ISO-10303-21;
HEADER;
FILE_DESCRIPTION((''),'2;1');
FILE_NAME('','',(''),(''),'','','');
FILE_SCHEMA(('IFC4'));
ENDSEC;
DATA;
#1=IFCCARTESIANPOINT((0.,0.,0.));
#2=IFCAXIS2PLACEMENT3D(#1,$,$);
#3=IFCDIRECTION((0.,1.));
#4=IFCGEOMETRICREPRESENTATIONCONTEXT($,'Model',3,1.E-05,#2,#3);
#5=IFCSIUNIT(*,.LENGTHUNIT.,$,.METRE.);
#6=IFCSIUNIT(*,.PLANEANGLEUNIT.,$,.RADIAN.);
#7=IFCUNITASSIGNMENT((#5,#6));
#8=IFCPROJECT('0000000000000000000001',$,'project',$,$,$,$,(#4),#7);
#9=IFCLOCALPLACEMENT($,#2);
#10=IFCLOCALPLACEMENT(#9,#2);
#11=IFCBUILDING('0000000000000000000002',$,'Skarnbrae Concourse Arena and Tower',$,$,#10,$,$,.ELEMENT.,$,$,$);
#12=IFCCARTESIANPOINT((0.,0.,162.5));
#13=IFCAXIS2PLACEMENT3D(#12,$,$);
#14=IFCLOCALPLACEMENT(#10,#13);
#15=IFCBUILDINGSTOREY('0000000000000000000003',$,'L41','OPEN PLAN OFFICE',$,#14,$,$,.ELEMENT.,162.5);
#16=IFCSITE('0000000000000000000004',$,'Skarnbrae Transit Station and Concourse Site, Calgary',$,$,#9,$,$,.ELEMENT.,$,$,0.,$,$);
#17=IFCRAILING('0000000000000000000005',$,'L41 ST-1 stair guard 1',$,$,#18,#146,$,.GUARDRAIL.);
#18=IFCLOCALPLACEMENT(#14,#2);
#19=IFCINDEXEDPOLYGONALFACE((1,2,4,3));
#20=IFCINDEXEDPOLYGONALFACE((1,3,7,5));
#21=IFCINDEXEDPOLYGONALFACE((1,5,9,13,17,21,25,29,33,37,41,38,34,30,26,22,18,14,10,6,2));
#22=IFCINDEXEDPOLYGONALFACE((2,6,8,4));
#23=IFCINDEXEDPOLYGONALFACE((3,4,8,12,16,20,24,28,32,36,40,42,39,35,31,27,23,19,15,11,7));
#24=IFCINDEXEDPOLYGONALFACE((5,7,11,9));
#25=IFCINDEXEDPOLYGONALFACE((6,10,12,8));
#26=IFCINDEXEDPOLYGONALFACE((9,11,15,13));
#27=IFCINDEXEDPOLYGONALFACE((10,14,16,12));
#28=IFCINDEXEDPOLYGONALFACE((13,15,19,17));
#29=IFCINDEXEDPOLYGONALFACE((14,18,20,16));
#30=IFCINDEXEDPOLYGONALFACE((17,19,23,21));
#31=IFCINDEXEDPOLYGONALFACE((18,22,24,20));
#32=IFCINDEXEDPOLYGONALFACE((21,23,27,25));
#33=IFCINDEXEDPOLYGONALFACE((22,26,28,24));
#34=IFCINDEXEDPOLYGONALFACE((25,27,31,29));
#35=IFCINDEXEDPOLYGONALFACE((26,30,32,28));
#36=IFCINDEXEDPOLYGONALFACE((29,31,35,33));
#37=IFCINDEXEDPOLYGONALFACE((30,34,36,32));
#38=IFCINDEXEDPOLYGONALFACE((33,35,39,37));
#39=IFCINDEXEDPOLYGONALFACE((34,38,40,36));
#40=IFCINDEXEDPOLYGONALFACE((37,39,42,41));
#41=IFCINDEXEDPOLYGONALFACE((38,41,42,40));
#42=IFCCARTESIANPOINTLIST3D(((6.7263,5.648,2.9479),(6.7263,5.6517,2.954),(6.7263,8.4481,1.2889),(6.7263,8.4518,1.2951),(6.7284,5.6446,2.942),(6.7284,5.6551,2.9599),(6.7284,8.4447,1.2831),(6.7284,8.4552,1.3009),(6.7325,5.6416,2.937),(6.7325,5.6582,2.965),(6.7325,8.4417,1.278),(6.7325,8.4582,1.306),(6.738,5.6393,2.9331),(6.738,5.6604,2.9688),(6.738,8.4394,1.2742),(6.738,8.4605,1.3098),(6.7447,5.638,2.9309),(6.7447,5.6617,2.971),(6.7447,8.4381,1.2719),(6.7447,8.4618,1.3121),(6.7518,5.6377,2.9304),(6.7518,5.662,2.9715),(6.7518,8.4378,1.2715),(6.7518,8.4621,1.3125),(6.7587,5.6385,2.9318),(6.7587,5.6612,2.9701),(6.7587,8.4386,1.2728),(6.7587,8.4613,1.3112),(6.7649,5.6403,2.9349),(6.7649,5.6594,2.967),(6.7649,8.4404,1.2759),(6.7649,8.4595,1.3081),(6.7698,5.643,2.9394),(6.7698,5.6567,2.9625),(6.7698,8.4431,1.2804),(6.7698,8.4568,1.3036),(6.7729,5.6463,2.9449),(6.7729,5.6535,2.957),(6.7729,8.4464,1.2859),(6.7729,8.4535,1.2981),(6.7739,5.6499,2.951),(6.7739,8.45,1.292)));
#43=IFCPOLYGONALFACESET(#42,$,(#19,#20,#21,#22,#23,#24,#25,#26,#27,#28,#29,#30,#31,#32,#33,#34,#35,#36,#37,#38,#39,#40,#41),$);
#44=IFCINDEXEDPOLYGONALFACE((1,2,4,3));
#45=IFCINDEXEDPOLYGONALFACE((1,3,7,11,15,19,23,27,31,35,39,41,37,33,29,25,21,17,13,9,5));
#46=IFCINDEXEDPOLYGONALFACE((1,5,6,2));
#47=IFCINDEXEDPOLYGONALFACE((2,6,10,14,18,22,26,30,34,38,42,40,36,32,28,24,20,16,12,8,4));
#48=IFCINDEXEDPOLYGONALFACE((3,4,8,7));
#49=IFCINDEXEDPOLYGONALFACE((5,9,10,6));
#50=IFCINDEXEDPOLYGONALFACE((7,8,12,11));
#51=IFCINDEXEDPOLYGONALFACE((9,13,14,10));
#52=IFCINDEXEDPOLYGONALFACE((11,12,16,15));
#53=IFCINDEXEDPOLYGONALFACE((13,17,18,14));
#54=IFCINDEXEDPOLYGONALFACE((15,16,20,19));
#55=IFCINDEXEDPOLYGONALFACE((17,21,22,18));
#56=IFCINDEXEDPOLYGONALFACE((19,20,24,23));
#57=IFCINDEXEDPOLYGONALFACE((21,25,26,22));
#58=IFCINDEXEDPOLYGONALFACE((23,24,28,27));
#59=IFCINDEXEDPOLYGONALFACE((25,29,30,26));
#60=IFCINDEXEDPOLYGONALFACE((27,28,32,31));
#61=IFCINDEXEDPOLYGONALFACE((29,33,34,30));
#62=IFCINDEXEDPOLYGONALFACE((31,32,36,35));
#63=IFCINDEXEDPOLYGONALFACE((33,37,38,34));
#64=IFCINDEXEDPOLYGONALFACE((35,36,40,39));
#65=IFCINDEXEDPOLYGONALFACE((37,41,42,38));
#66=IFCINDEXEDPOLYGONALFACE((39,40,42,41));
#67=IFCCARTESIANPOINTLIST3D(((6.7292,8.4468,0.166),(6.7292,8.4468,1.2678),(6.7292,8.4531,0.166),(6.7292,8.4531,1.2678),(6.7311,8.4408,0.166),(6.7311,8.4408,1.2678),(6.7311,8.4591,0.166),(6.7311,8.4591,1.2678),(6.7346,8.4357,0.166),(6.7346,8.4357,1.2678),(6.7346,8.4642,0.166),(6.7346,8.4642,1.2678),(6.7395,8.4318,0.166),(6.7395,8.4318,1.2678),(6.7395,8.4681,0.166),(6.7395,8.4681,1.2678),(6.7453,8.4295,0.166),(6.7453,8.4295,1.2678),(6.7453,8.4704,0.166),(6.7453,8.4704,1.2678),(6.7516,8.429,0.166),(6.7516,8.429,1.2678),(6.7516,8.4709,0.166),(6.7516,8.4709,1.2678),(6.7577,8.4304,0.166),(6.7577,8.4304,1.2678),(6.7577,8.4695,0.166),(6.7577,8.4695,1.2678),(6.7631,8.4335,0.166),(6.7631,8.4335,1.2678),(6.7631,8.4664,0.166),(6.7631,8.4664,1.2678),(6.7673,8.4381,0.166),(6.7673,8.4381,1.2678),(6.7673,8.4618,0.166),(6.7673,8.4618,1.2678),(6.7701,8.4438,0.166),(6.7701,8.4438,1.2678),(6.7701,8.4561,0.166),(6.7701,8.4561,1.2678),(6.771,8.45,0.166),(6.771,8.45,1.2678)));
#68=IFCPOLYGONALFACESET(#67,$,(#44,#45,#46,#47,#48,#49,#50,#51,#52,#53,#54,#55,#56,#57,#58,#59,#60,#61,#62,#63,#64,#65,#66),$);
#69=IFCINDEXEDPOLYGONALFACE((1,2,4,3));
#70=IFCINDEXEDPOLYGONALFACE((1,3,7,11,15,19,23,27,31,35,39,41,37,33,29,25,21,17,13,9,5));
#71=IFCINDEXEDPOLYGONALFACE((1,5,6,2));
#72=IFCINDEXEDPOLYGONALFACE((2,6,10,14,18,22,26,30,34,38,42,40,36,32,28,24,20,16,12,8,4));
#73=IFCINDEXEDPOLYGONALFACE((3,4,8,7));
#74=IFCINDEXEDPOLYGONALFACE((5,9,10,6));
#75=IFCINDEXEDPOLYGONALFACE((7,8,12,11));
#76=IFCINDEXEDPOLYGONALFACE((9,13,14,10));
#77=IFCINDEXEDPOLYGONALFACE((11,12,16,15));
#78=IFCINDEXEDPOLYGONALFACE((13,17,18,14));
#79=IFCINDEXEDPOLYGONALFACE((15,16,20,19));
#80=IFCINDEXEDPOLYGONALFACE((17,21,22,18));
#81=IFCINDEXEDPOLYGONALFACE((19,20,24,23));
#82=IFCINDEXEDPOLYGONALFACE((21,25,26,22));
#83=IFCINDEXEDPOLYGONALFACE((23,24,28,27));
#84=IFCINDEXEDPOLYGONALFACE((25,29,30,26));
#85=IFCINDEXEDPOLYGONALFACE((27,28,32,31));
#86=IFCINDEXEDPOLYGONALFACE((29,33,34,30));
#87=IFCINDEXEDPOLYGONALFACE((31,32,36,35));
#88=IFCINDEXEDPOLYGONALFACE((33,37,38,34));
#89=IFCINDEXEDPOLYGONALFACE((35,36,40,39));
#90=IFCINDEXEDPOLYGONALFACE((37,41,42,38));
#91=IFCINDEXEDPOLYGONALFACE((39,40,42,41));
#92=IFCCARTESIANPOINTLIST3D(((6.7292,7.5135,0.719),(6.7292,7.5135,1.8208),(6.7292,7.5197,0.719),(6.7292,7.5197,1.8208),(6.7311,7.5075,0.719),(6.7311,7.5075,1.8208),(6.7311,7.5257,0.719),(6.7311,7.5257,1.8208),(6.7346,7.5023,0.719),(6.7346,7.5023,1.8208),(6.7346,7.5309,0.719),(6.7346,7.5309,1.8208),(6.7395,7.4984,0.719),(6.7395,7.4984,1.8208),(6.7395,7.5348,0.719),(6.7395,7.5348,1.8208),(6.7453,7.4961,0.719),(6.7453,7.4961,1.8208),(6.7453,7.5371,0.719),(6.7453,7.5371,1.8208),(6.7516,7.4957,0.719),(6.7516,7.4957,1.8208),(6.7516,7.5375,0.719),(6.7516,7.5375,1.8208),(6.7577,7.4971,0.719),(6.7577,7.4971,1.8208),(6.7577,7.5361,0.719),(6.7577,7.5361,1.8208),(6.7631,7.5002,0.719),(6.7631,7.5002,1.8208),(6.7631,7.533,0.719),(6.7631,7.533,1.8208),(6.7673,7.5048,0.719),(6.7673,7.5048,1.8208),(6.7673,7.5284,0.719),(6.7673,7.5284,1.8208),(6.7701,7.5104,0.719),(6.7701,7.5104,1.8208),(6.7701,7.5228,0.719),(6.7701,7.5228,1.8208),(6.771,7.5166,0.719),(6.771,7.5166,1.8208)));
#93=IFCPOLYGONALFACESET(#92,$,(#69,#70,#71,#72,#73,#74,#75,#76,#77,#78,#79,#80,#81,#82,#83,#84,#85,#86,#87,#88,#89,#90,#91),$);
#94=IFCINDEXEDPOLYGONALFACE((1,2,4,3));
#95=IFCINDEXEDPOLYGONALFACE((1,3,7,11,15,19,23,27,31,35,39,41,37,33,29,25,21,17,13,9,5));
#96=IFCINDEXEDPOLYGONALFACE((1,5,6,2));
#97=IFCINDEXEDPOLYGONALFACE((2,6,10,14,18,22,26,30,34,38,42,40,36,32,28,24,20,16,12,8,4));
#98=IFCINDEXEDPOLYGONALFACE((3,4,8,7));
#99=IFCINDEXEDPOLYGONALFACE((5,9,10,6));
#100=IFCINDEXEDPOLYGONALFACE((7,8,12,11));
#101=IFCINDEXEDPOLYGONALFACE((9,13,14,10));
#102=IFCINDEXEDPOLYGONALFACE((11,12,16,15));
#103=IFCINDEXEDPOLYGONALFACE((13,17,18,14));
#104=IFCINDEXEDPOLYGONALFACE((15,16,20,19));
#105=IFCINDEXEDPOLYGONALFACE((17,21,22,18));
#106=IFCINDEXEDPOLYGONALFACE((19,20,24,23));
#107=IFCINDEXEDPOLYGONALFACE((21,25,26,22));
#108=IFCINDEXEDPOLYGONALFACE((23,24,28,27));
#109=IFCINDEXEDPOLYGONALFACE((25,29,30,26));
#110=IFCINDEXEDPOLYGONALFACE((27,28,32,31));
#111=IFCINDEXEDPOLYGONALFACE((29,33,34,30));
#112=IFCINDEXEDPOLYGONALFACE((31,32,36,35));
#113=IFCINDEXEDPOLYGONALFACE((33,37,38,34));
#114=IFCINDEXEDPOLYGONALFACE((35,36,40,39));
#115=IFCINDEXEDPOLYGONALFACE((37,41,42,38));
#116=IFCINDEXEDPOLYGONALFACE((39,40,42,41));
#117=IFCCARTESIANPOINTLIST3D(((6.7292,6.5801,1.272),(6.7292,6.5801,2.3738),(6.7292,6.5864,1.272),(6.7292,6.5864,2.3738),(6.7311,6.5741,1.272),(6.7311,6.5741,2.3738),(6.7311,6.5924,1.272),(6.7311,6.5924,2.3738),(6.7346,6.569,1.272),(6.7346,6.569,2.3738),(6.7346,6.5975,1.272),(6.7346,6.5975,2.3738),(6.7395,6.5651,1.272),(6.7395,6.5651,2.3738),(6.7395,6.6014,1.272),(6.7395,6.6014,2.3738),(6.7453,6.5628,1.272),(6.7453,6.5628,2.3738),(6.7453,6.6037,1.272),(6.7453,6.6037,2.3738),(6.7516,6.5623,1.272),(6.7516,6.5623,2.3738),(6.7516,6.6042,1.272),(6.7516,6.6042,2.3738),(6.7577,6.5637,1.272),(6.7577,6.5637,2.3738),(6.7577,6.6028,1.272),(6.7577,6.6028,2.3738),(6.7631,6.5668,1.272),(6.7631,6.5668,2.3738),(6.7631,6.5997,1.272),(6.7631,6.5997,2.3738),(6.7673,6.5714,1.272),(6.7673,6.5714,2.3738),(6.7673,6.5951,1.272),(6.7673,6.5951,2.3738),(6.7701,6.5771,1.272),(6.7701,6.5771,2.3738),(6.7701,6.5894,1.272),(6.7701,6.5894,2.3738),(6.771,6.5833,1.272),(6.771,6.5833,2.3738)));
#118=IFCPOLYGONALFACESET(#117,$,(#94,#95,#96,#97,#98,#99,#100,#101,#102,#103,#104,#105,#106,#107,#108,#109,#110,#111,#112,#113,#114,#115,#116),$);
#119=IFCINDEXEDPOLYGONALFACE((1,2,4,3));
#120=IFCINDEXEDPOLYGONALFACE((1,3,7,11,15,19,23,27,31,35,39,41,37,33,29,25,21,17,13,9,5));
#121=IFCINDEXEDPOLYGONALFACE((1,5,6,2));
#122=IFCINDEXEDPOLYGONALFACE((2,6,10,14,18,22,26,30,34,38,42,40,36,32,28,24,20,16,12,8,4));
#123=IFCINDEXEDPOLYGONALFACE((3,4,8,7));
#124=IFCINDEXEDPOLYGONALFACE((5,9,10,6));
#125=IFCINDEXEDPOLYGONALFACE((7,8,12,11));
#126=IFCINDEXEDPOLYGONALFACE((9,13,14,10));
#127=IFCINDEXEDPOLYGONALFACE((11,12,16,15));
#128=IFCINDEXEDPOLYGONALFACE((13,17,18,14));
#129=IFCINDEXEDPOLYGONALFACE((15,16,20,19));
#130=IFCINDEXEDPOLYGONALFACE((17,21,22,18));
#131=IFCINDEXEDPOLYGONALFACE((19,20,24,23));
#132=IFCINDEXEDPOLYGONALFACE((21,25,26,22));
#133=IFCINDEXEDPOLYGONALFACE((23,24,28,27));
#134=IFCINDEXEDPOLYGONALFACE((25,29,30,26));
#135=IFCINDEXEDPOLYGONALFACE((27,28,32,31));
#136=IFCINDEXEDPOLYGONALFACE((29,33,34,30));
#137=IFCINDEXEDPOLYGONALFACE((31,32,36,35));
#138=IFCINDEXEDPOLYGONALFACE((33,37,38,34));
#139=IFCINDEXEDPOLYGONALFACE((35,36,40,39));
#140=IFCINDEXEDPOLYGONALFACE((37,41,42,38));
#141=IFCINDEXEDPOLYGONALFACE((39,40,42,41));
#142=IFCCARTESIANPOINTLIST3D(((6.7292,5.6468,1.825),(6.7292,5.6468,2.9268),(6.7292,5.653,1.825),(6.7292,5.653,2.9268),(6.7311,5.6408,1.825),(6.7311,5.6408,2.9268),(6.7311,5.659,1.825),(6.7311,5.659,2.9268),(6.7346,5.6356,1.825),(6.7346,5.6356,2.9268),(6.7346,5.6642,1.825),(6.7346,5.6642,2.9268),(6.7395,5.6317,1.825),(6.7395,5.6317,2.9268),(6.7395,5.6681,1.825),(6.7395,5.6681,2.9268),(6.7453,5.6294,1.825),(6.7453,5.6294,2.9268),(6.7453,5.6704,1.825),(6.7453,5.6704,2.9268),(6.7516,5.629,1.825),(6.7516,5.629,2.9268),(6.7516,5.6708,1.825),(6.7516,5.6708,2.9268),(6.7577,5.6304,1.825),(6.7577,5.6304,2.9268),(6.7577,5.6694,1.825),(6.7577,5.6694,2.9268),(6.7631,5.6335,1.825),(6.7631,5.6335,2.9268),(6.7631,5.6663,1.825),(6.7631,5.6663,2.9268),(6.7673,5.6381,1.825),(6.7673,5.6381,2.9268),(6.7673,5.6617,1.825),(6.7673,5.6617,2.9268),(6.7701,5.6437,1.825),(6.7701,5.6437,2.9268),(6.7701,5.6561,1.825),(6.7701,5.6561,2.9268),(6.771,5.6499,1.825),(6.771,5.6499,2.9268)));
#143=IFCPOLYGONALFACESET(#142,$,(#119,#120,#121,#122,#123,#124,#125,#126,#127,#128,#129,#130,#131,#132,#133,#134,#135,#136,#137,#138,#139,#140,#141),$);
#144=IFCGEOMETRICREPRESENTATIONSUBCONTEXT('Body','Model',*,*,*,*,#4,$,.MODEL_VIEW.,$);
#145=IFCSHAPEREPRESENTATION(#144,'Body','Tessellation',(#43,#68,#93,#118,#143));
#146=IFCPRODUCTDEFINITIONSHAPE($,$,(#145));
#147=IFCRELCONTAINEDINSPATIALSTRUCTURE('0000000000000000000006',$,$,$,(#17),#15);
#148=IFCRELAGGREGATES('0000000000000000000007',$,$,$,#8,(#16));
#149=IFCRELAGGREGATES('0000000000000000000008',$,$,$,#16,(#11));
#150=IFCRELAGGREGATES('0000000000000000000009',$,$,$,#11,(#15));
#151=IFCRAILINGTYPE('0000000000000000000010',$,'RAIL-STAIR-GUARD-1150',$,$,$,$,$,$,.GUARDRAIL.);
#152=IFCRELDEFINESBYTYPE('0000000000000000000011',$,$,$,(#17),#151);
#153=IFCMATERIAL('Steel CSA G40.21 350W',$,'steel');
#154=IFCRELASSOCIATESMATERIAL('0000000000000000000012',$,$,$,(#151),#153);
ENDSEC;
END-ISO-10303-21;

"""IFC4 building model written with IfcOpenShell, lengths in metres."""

from ifc_helpers import new_model, si_unit, direction, frame, origin, origin_2d, place, context, subcontext, project, spatial, circle, extrude, material, type_object, element, save


model = new_model("IFC4")

# Units and contexts
model_context = context("Model", 3, precision=1e-05, world=origin(), true_north=direction((0.0, 1.0)))
body_context = subcontext(model_context, "Body", "Model", "MODEL_VIEW")
ifc_project = project(units=[si_unit("LENGTHUNIT", "METRE"), si_unit("PLANEANGLEUNIT", "RADIAN")], contexts=[model_context])

# Site, building, storey
site_placement = place(None, origin())
site = spatial("IfcSite", under=ifc_project, at=site_placement, Name="Skarnbrae Transit Station and Concourse Site, Calgary", CompositionType="ELEMENT", RefElevation=0.0)
building_placement = place(site_placement, origin())
building = spatial("IfcBuilding", under=site, at=building_placement, Name="Skarnbrae Concourse Arena and Tower", CompositionType="ELEMENT")
storey_placement = place(building_placement, frame((0.0, 0.0, 162.5)))
storey = spatial("IfcBuildingStorey", under=building, at=storey_placement, Name="L41", Description="OPEN PLAN OFFICE", CompositionType="ELEMENT", Elevation=162.5)

# Railing
ifc_material_1 = material(Name="Steel CSA G40.21 350W", Category="steel")
railing_type_1 = type_object("IfcRailingType", Name="RAIL-STAIR-GUARD-1150", PredefinedType="GUARDRAIL", material=ifc_material_1)
railing_1_placement = place(storey_placement, frame((6.75, 8.45, 0.166)))
element("IfcRailing", 1, at=railing_1_placement, inside=storey, type_object=railing_type_1, Name="L41 ST-1 stair guard 1", PredefinedType="GUARDRAIL", context=body_context, shape_type="SweptSolid", body=[
    extrude(circle(Radius=0.0239, at=origin_2d()), frame((0.0, 0.0, 1.126), z_axis=(0.0, -0.860339, 0.509722), x_axis=(1.0, 0.0, 0.0)), (0.0, 0.0, 1.0), 3.2546),
    extrude(circle(Radius=0.021, at=origin_2d()), origin(), (0.0, 0.0, 1.0), 1.1018),
    extrude(circle(Radius=0.021, at=origin_2d()), frame((0.0, -0.9333, 0.553)), (0.0, 0.0, 1.0), 1.1018),
    extrude(circle(Radius=0.021, at=origin_2d()), frame((0.0, -1.8667, 1.106)), (0.0, 0.0, 1.0), 1.1018),
    extrude(circle(Radius=0.021, at=origin_2d()), frame((0.0, -2.8, 1.6589)), (0.0, 0.0, 1.0), 1.1018),
])

save(model, "model.ifc")
